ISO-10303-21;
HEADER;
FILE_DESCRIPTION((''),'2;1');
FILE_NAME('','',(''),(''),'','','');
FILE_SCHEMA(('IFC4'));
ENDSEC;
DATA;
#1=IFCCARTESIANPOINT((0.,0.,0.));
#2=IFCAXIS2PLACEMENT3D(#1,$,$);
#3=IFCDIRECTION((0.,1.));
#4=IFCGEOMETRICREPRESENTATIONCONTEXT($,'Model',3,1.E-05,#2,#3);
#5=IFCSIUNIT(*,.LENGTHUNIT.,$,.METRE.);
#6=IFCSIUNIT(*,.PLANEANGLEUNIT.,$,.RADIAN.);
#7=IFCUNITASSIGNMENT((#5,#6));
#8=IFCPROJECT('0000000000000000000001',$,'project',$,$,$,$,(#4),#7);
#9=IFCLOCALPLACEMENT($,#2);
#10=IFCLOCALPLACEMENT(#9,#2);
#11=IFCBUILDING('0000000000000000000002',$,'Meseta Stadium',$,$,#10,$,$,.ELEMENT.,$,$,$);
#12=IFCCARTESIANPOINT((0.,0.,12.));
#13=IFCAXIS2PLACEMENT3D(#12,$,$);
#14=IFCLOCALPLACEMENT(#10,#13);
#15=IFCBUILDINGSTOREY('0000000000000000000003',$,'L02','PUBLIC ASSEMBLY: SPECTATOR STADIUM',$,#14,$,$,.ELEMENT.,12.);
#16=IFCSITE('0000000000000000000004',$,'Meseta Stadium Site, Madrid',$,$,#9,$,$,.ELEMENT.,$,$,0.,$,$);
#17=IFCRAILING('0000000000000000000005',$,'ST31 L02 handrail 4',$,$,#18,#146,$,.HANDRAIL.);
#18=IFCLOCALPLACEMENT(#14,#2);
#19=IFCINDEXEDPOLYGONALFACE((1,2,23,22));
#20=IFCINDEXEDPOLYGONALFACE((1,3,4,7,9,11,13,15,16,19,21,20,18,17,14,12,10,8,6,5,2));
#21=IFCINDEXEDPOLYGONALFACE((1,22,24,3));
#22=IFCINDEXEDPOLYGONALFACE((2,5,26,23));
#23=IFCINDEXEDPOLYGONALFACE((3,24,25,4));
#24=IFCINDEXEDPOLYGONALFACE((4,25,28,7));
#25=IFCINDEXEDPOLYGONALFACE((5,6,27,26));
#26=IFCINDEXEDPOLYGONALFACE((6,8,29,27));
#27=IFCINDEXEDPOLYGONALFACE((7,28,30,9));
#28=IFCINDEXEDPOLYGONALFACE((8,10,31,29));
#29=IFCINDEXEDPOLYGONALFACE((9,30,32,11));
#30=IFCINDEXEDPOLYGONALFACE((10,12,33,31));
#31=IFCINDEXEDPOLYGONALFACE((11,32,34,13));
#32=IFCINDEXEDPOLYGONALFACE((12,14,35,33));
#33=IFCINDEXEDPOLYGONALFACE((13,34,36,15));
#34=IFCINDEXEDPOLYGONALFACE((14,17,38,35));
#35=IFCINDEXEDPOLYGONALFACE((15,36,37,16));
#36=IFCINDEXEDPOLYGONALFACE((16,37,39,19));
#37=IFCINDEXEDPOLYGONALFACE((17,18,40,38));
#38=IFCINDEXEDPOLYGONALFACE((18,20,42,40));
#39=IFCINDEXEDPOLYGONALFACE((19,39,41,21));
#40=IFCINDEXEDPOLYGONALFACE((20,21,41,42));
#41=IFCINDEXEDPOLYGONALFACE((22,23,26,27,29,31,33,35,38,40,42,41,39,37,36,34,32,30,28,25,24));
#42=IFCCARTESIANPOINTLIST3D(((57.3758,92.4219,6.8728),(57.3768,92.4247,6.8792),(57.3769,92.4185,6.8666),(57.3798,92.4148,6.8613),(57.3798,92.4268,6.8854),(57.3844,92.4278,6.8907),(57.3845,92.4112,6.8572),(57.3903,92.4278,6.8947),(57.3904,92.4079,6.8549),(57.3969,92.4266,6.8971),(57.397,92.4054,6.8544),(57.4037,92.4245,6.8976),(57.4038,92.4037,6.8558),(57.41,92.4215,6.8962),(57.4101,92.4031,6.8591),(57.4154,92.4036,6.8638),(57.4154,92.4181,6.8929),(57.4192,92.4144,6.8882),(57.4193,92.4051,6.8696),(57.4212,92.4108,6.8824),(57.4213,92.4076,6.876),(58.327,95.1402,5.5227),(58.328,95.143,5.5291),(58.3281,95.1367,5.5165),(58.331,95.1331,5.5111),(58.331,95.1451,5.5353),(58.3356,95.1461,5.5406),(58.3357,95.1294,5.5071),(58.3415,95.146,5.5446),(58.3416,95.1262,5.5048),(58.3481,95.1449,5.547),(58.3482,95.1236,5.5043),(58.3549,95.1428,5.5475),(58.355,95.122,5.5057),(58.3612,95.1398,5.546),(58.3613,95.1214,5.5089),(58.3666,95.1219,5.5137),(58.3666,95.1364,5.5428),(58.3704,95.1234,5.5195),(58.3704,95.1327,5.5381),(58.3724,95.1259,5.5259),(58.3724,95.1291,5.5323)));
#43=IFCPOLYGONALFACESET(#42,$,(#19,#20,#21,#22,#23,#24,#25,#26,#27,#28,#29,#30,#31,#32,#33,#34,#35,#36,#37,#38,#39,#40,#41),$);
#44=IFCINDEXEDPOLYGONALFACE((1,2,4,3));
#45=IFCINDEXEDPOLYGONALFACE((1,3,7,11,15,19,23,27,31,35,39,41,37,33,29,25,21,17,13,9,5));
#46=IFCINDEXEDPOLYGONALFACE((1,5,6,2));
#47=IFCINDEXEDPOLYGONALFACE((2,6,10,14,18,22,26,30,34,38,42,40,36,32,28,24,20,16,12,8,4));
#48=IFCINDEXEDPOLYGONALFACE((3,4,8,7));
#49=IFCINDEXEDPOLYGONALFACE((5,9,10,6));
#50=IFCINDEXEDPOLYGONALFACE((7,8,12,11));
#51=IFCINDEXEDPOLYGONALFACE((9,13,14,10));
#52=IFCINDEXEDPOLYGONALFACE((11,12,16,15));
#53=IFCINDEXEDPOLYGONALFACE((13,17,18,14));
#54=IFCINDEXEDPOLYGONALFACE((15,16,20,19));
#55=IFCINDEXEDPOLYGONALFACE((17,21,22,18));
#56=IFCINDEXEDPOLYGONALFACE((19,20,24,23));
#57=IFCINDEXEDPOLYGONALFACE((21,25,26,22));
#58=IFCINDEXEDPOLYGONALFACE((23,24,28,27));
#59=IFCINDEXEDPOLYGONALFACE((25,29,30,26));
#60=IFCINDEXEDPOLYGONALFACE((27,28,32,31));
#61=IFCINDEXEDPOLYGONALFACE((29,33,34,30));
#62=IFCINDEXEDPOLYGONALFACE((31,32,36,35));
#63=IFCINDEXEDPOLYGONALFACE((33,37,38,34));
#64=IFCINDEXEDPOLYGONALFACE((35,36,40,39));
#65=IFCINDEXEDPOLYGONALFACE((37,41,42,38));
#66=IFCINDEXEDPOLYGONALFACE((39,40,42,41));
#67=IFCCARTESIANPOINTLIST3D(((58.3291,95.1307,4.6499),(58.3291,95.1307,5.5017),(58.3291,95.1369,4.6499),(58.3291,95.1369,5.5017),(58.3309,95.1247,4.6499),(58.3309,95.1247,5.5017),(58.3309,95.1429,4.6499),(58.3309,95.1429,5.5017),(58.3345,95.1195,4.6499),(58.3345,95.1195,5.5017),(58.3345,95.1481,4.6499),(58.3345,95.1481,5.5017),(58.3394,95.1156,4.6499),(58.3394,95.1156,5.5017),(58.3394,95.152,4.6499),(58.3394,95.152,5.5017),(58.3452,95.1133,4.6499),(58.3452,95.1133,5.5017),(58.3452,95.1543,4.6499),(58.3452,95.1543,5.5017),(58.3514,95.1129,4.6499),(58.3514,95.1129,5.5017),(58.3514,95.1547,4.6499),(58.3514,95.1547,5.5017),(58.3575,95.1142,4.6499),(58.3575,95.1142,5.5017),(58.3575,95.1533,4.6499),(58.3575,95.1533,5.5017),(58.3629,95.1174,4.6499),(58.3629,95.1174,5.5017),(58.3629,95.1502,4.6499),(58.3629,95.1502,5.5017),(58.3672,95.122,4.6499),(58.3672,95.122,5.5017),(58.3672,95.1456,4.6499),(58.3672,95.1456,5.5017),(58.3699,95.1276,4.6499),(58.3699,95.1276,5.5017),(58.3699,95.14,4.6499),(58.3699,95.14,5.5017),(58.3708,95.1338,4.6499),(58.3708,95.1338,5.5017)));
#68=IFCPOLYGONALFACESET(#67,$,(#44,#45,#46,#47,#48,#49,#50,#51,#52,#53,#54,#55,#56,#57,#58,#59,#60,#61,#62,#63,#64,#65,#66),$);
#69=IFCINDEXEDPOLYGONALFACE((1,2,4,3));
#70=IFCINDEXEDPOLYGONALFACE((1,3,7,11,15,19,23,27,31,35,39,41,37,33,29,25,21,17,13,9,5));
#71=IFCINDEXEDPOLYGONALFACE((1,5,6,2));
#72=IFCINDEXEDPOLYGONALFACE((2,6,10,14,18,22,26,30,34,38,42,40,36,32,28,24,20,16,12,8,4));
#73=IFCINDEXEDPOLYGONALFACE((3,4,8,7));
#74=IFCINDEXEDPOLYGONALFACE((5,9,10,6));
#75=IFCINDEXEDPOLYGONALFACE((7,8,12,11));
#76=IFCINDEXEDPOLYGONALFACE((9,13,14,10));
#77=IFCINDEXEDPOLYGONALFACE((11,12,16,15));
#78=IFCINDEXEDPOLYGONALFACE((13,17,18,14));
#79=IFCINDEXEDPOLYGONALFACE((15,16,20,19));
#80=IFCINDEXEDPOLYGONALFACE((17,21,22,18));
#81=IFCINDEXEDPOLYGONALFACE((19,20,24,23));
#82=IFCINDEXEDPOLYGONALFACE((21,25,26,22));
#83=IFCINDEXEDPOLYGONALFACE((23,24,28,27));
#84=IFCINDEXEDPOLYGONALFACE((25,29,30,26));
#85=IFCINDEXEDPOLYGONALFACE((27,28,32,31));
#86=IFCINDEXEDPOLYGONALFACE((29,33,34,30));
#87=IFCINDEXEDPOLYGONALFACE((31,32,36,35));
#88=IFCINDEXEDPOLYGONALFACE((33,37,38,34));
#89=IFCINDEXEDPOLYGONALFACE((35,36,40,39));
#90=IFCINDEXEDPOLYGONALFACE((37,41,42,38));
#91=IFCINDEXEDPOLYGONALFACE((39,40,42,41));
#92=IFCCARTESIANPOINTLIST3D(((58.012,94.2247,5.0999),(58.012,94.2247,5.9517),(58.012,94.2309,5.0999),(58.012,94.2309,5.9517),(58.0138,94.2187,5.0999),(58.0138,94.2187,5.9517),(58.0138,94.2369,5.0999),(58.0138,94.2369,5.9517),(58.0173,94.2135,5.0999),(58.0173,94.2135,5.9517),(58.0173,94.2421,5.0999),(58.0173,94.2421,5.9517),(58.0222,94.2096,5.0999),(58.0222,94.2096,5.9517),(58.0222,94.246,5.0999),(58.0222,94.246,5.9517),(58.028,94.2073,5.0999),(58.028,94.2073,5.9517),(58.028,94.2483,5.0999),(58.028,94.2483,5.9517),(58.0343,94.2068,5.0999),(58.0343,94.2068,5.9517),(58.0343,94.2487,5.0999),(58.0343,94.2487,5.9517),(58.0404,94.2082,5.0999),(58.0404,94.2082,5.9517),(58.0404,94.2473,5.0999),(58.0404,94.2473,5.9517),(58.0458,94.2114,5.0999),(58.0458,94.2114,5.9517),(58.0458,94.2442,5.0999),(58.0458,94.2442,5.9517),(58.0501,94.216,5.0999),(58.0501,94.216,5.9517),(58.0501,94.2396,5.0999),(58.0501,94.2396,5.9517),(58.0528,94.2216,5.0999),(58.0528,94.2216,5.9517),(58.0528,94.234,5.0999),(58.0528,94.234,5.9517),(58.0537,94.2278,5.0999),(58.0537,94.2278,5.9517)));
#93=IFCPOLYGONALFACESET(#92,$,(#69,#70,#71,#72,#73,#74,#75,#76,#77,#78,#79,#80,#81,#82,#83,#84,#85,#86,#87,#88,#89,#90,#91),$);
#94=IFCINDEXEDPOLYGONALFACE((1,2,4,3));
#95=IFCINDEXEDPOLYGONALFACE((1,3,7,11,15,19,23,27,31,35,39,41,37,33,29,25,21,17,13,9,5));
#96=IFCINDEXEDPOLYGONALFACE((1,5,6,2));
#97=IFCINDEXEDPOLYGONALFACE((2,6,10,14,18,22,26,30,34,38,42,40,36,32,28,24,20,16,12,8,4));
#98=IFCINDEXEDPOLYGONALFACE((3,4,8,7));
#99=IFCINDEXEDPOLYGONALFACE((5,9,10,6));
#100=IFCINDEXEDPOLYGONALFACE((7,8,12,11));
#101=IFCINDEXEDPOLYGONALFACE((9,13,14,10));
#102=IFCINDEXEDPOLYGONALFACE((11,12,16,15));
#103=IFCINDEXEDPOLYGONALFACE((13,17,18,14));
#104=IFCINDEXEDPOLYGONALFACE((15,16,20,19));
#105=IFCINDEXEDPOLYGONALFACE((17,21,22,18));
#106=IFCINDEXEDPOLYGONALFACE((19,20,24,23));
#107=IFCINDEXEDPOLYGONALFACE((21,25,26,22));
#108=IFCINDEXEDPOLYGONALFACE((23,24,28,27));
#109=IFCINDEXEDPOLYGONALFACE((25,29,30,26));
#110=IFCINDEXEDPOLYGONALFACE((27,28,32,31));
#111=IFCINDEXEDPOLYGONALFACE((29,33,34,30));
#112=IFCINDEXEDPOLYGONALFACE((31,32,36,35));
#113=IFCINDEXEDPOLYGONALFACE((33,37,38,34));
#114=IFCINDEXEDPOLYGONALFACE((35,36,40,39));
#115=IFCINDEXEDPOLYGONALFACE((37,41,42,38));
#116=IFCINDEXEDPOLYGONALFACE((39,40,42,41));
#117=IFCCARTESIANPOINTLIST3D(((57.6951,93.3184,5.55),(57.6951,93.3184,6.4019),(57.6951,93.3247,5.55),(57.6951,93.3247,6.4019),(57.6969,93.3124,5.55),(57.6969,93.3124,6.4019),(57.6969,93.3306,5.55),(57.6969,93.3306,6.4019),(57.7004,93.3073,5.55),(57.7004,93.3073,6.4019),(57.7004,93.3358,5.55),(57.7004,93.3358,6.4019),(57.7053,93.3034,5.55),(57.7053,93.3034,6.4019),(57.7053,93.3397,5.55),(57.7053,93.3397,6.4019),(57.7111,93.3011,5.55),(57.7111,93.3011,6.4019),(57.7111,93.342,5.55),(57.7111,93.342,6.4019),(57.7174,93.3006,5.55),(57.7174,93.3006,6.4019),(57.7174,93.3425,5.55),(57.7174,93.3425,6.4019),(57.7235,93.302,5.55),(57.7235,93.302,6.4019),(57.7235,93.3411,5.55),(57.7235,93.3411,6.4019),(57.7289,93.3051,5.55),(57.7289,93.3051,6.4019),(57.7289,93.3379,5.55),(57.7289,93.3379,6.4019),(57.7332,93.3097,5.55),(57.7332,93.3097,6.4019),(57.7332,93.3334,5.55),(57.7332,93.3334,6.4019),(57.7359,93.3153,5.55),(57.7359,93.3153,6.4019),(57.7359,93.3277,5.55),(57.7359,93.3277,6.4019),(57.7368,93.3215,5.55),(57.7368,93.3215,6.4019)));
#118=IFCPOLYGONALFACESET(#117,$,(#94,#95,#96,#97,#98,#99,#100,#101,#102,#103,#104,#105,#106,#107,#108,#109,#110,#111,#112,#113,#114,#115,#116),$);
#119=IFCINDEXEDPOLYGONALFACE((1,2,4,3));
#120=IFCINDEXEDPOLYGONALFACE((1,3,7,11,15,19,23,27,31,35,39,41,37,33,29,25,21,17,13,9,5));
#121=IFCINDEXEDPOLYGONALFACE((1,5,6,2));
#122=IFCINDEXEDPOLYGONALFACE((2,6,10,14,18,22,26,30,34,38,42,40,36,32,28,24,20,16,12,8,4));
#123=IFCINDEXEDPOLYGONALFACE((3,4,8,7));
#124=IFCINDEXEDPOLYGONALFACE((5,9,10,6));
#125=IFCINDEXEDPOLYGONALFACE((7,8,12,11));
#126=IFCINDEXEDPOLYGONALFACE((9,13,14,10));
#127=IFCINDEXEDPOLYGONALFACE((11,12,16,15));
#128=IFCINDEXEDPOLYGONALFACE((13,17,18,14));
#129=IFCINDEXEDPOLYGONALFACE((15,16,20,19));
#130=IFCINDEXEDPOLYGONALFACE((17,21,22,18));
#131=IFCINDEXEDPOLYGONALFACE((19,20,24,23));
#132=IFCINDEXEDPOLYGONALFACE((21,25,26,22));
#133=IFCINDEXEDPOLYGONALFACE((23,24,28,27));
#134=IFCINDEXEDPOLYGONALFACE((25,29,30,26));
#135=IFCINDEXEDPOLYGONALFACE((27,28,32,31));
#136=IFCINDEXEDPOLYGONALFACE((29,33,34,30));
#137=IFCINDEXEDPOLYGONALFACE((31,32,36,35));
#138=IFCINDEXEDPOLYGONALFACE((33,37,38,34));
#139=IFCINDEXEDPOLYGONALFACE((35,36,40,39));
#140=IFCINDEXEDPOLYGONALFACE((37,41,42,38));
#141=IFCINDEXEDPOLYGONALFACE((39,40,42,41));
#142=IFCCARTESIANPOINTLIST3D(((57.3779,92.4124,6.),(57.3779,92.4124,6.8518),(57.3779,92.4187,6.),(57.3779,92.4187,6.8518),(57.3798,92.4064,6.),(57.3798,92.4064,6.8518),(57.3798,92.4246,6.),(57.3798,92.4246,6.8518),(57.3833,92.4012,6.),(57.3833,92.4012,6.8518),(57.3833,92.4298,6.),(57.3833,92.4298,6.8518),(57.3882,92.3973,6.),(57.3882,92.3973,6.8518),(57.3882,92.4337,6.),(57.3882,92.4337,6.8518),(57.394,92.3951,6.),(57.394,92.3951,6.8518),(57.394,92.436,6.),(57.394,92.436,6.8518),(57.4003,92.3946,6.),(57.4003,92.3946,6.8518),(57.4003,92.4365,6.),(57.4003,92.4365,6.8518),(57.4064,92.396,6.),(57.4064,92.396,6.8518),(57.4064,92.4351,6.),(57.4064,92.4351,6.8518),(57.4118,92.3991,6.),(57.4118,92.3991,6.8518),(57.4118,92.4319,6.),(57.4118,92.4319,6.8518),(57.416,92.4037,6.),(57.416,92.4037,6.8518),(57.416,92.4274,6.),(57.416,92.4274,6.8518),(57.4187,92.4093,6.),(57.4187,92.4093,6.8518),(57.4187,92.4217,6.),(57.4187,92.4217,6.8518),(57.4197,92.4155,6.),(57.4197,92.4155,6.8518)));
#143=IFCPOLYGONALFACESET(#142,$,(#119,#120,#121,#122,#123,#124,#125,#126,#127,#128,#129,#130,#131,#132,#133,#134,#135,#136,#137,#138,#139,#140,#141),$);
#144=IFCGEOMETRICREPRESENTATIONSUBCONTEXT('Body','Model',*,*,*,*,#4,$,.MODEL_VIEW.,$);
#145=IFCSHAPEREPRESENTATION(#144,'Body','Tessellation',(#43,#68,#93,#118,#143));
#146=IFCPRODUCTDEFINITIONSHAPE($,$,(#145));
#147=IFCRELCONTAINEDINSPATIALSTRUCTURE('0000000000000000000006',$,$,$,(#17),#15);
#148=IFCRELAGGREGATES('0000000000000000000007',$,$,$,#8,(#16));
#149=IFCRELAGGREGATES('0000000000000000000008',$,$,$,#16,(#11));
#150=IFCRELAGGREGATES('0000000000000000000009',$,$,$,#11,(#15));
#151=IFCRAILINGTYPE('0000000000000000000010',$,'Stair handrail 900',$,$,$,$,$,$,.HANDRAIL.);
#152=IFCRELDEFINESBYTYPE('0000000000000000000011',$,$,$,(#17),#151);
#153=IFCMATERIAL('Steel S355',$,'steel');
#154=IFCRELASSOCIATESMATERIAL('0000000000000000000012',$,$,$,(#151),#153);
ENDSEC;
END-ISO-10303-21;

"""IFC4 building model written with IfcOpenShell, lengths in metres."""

from ifc_helpers import new_model, si_unit, direction, frame, origin, origin_2d, place, context, subcontext, project, spatial, circle, extrude, material, type_object, element, save


model = new_model("IFC4")

# Units and contexts
model_context = context("Model", 3, precision=1e-05, world=origin(), true_north=direction((0.0, 1.0)))
body_context = subcontext(model_context, "Body", "Model", "MODEL_VIEW")
ifc_project = project(units=[si_unit("LENGTHUNIT", "METRE"), si_unit("PLANEANGLEUNIT", "RADIAN")], contexts=[model_context])

# Site, building, storey
site_placement = place(None, origin())
site = spatial("IfcSite", under=ifc_project, at=site_placement, Name="Meseta Stadium Site, Madrid", CompositionType="ELEMENT", RefElevation=0.0)
building_placement = place(site_placement, origin())
building = spatial("IfcBuilding", under=site, at=building_placement, Name="Meseta Stadium", CompositionType="ELEMENT")
storey_placement = place(building_placement, frame((0.0, 0.0, 12.0)))
storey = spatial("IfcBuildingStorey", under=building, at=storey_placement, Name="L02", Description="PUBLIC ASSEMBLY: SPECTATOR STADIUM", CompositionType="ELEMENT", Elevation=12.0)

# Railing
ifc_material_1 = material(Name="Steel S355", Category="steel")
railing_type_1 = type_object("IfcRailingType", Name="Stair handrail 900", PredefinedType="HANDRAIL", material=ifc_material_1)
for number, where, name in (
    (1, (58.3499, 95.1338, 4.6499), "ST31 L02 handrail 4"),
):
    element("IfcRailing", number, at=place(storey_placement, frame(where)), inside=storey, type_object=railing_type_1, Name=name, PredefinedType="HANDRAIL", context=body_context, shape_type="SweptSolid", body=[
        extrude(circle(Radius=0.0239, at=origin_2d()), frame((0.0, 0.0, 0.876), z_axis=(-0.299051, -0.854629, 0.424474), x_axis=(0.943882, -0.330282, 0.0)), (0.0, 0.0, 1.0), 3.1807),
        extrude(circle(Radius=0.021, at=origin_2d()), origin(), (0.0, 0.0, 1.0), 0.8518),
        extrude(circle(Radius=0.021, at=origin_2d()), frame((-0.3171, -0.906, 0.45)), (0.0, 0.0, 1.0), 0.8518),
        extrude(circle(Radius=0.021, at=origin_2d()), frame((-0.634, -1.8123, 0.9001)), (0.0, 0.0, 1.0), 0.8518),
        extrude(circle(Radius=0.021, at=origin_2d()), frame((-0.9512, -2.7183, 1.3501)), (0.0, 0.0, 1.0), 0.8518),
    ])

save(model, "model.ifc")
